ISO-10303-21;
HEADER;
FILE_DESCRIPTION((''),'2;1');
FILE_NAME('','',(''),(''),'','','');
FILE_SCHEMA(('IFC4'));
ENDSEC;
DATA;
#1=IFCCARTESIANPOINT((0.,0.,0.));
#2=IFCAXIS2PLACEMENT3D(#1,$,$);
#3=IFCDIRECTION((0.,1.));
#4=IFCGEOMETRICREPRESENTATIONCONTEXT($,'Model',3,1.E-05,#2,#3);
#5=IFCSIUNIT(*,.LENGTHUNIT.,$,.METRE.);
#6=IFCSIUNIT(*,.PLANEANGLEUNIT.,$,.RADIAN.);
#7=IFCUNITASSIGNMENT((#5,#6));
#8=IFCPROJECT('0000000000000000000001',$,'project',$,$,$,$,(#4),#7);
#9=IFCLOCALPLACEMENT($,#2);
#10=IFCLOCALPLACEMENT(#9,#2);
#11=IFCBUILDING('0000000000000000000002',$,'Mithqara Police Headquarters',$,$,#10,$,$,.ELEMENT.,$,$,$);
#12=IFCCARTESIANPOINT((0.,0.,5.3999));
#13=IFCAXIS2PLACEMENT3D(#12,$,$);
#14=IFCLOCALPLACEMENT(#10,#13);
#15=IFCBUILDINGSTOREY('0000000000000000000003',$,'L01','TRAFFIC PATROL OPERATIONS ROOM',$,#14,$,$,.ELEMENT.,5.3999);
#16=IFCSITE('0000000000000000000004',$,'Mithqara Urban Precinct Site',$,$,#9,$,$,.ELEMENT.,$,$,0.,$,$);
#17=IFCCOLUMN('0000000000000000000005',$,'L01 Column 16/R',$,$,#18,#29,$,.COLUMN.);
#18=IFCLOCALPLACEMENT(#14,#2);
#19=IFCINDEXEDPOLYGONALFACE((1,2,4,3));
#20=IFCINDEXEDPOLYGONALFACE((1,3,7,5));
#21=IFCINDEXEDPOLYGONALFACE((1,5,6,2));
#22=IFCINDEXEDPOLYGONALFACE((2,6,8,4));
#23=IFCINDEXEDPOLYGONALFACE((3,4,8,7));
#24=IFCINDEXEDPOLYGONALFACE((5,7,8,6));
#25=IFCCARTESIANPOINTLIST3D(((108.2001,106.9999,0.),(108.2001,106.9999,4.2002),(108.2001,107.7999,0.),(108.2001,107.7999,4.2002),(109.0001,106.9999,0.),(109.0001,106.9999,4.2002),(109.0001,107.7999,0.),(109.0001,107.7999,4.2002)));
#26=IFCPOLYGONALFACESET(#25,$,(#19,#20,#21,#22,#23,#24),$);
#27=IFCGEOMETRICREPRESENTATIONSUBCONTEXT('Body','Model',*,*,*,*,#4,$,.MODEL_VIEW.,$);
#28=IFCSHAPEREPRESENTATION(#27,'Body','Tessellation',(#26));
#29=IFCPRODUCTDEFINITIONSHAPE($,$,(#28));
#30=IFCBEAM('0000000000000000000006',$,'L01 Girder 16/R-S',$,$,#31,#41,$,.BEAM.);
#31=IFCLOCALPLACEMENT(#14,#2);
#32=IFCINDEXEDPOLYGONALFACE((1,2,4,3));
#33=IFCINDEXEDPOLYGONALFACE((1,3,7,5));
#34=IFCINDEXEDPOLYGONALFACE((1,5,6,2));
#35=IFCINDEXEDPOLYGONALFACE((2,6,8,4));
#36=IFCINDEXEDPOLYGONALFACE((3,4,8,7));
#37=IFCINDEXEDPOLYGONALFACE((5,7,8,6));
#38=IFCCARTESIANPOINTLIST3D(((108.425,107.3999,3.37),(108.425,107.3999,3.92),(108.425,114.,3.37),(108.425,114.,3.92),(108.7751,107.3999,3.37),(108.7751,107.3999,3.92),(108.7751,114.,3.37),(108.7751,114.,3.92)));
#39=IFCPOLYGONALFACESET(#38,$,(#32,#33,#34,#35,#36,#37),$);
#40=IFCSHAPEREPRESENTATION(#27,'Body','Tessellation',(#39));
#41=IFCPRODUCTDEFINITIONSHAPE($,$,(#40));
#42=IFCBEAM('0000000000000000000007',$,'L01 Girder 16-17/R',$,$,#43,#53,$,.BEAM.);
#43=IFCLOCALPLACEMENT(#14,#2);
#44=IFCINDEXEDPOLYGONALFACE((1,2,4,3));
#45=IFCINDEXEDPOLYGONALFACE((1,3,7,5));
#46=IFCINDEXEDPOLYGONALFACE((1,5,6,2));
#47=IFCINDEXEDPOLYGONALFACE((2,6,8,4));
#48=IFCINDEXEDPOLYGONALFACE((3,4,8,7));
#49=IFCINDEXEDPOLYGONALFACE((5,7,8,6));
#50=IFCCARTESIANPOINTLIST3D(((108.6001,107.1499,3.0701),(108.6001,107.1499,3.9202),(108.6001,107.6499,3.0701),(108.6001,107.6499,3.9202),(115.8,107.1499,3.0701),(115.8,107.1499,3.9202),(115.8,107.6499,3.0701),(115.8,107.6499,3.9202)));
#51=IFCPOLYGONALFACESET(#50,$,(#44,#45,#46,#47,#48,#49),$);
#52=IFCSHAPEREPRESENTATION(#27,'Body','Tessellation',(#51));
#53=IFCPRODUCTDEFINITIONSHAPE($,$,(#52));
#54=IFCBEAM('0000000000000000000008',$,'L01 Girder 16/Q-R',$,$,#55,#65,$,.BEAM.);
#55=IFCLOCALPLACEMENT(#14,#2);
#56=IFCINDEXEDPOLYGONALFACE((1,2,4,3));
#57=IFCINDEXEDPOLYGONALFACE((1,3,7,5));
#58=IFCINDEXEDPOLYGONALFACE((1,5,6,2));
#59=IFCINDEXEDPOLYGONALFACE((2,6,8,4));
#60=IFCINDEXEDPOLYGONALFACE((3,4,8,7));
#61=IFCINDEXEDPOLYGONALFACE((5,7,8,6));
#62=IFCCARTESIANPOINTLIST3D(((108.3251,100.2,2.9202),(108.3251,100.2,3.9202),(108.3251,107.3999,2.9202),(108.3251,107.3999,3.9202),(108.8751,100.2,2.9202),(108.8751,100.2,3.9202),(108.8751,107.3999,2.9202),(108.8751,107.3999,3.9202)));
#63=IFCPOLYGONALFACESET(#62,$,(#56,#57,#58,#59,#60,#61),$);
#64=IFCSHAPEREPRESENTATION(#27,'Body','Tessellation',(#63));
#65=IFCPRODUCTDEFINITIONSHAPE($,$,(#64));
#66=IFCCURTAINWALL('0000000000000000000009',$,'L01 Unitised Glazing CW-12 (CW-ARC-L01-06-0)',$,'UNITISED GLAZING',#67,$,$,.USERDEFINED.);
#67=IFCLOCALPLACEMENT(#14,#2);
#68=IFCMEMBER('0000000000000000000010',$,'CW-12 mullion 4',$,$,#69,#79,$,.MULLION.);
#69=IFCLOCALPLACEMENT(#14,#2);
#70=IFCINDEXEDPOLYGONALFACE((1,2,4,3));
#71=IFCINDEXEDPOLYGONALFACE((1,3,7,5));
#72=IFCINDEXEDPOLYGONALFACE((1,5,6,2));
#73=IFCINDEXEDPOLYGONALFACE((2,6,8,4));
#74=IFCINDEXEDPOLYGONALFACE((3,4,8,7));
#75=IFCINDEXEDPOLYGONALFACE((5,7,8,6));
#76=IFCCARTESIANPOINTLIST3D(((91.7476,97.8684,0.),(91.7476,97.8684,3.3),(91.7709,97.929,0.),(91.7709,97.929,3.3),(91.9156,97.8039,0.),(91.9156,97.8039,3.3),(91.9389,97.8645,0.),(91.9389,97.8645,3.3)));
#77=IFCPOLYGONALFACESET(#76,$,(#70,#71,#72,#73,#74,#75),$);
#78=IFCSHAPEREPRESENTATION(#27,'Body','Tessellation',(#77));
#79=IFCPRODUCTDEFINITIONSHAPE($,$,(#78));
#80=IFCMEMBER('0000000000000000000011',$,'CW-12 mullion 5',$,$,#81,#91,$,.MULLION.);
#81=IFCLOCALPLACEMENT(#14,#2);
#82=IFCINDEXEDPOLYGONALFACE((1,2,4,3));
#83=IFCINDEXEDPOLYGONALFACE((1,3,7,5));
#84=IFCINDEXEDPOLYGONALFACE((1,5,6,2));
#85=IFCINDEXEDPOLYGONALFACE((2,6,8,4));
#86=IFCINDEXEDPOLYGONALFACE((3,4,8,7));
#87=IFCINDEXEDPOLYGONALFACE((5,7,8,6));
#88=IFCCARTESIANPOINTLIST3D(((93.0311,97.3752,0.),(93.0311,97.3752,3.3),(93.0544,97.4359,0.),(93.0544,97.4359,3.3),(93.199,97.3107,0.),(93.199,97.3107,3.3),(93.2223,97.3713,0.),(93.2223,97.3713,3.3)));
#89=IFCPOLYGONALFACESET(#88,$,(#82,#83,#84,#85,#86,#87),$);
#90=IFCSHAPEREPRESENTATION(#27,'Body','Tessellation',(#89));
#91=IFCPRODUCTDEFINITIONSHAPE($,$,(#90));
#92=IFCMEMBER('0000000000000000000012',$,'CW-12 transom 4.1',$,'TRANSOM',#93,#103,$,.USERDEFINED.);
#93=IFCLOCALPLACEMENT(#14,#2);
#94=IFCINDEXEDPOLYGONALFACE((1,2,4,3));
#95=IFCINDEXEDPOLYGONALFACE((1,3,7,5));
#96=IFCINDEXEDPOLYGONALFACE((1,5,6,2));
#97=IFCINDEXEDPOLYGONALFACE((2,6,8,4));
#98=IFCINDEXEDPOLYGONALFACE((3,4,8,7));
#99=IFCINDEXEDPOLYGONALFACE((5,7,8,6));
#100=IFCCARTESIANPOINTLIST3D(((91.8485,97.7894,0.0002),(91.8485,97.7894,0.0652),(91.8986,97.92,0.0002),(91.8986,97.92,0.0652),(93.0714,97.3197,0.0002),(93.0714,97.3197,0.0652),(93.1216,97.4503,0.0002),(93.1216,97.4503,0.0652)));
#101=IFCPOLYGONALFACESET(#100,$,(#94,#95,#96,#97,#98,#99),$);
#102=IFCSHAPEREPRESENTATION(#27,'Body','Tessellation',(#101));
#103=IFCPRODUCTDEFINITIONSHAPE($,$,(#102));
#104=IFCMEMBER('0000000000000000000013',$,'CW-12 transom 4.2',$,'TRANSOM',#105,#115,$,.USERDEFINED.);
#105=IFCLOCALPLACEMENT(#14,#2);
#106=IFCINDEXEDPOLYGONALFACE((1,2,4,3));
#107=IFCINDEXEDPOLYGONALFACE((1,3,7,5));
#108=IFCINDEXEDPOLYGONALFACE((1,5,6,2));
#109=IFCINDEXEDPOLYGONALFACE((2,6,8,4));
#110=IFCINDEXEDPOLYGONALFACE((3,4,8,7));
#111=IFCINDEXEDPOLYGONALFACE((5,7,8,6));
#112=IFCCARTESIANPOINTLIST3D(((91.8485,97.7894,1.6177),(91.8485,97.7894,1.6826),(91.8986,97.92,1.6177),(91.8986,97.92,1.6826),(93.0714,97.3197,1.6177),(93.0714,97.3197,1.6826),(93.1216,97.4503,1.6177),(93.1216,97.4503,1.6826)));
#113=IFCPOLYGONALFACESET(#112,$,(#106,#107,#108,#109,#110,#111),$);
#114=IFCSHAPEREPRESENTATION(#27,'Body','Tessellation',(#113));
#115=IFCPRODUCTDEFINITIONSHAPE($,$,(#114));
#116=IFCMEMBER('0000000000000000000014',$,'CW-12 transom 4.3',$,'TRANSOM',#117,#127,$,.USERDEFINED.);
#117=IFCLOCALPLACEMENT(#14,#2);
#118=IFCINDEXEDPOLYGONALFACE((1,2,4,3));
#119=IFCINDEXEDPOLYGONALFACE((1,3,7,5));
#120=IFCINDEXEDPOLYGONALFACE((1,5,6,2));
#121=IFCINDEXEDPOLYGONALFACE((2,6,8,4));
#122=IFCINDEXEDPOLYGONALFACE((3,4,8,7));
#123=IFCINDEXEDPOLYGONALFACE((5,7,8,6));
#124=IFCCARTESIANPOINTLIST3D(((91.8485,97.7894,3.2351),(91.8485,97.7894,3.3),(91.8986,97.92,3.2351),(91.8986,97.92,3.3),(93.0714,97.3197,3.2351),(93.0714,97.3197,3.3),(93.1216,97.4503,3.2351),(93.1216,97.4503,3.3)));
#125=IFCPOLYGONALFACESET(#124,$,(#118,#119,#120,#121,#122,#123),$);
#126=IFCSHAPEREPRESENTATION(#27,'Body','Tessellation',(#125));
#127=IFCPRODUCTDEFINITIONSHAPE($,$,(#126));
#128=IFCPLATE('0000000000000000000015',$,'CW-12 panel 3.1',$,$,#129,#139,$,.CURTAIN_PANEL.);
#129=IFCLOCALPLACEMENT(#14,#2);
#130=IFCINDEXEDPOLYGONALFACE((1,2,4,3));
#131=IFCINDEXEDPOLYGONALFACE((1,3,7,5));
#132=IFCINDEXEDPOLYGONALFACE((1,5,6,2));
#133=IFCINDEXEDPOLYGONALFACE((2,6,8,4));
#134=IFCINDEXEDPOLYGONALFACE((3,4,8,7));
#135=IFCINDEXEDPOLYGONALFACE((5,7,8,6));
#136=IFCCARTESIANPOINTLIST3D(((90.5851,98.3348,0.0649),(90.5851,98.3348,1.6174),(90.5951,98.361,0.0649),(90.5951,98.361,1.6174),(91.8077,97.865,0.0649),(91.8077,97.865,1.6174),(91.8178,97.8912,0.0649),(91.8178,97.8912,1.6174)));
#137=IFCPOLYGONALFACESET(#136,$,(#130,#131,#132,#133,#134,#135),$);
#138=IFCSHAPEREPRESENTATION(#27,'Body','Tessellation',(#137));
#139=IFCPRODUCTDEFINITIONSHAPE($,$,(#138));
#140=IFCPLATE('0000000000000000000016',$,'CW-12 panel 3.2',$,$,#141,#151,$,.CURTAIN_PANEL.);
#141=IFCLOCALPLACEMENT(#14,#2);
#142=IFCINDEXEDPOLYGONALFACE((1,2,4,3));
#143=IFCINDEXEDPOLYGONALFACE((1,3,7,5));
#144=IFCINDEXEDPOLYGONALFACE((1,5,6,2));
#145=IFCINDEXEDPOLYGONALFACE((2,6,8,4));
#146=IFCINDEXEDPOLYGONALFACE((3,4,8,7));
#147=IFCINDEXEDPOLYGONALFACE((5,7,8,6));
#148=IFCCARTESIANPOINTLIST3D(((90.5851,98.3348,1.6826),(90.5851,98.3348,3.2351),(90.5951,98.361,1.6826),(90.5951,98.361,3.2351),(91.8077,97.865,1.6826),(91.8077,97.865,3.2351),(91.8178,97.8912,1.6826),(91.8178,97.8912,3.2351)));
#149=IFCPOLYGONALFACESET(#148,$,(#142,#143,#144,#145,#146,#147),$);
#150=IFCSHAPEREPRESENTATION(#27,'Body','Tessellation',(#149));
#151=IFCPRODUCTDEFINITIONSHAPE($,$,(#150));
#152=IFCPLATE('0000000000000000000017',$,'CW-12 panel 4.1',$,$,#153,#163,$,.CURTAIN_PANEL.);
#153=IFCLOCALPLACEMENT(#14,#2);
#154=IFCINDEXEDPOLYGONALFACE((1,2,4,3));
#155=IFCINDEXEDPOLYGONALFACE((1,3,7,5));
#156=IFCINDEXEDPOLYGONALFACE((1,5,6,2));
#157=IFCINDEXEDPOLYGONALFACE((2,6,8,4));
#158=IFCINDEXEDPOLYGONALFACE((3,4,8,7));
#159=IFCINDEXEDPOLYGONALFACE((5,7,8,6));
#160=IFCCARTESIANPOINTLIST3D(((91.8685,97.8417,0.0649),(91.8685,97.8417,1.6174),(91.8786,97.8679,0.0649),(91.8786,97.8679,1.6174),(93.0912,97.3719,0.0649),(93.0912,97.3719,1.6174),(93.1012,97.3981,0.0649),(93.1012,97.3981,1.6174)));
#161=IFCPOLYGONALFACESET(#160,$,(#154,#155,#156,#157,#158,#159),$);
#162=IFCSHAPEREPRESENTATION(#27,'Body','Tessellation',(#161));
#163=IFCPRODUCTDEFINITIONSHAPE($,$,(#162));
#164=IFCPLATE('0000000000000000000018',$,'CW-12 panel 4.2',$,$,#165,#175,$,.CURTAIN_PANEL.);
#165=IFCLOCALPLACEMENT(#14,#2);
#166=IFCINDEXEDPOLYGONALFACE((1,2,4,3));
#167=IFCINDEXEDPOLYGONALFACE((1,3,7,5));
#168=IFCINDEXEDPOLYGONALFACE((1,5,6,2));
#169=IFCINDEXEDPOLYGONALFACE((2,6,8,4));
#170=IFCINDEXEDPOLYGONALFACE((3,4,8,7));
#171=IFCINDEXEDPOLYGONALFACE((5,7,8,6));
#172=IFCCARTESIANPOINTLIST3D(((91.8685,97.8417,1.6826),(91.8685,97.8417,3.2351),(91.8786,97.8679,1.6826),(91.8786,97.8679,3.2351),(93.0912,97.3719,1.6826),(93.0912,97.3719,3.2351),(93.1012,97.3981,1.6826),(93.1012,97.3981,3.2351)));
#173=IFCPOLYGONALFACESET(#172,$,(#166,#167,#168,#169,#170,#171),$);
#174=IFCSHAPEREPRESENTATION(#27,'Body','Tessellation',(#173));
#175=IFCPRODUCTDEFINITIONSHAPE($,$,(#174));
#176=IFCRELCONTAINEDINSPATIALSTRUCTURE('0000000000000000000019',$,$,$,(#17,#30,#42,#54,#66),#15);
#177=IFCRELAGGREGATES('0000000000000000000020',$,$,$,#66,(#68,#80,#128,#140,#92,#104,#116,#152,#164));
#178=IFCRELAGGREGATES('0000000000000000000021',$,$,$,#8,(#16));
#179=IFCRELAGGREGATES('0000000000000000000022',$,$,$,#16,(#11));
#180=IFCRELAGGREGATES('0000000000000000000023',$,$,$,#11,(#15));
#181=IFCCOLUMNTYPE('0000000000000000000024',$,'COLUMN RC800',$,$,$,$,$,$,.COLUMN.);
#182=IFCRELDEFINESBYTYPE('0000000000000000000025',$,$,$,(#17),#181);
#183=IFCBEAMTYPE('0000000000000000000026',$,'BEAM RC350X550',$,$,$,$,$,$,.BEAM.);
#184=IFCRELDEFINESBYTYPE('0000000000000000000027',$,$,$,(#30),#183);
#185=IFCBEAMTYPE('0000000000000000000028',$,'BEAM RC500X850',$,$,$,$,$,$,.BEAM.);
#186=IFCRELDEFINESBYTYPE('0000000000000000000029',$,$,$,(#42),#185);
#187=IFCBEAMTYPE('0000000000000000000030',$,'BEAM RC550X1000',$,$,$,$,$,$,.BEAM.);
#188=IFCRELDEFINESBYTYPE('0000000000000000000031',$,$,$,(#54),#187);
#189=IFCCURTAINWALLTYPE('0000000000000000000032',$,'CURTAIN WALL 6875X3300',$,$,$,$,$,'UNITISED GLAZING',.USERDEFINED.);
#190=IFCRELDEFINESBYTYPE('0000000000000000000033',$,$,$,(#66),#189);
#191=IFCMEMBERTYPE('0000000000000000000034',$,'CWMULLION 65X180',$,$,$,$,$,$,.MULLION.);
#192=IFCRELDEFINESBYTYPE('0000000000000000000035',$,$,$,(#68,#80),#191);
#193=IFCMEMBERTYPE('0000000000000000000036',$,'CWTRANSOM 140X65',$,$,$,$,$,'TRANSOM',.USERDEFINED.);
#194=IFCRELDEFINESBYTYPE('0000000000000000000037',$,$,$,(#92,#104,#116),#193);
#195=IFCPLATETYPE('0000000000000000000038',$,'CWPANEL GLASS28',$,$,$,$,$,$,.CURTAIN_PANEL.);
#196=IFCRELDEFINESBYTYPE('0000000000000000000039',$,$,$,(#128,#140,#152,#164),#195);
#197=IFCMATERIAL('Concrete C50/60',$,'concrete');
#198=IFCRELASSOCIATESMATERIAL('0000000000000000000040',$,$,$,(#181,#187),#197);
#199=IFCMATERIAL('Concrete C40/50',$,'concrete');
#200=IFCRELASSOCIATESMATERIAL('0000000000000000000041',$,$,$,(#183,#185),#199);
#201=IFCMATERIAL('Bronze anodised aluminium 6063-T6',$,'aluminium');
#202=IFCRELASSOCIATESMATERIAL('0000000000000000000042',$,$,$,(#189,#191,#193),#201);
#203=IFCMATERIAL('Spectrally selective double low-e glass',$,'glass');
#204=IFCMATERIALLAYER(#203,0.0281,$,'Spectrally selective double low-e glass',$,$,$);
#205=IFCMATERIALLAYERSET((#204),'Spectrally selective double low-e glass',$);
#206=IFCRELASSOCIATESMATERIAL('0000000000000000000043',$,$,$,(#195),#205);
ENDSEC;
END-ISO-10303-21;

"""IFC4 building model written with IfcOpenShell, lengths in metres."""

from ifc_helpers import new_model, si_unit, direction, frame, origin, origin_2d, place, context, subcontext, project, spatial, rectangle, extrude, material, layer, layer_set, material_profile, profile_set, type_object, element, aggregate, save


model = new_model("IFC4")

# Units and contexts
model_context = context("Model", 3, precision=1e-05, world=origin(), true_north=direction((0.0, 1.0)))
body_context = subcontext(model_context, "Body", "Model", "MODEL_VIEW")
ifc_project = project(units=[si_unit("LENGTHUNIT", "METRE"), si_unit("PLANEANGLEUNIT", "RADIAN")], contexts=[model_context])

# Site, building, storey
site_placement = place(None, origin())
site = spatial("IfcSite", under=ifc_project, at=site_placement, Name="Mithqara Urban Precinct Site", CompositionType="ELEMENT", RefElevation=0.0)
building_placement = place(site_placement, origin())
building = spatial("IfcBuilding", under=site, at=building_placement, Name="Mithqara Police Headquarters", CompositionType="ELEMENT")
storey_placement = place(building_placement, frame((0.0, 0.0, 5.3999)))
storey = spatial("IfcBuildingStorey", under=building, at=storey_placement, Name="L01", Description="TRAFFIC PATROL OPERATIONS ROOM", CompositionType="ELEMENT", Elevation=5.3999)

# Column
ifc_material_1 = material(Name="Concrete C50/60", Category="concrete")
ifc_material_profile_1 = material_profile(ifc_material_1, rectangle(XDim=0.8, YDim=0.8, at=origin_2d()), Name="RC 800x800")
ifc_profile_set_1 = profile_set([ifc_material_profile_1], Name="Concrete C50/60")
column_type = type_object("IfcColumnType", Name="COLUMN RC800", PredefinedType="COLUMN", material=ifc_profile_set_1)
column_placement = place(storey_placement, frame((108.6001, 107.3999, 0.0), z_axis=(0.0, 0.0, 1.0), x_axis=(1.0, 0.0, 0.0)))
element("IfcColumn", 1, at=column_placement, inside=storey, type_object=column_type, Name="L01 Column 16/R", PredefinedType="COLUMN", context=body_context, shape_type="SweptSolid", body=[
    extrude(rectangle(XDim=0.8, YDim=0.8, at=origin_2d()), origin(), (0.0, 0.0, 1.0), 4.2002),
])

# Beams
ifc_material_2 = material(Name="Concrete C40/50", Category="concrete")
ifc_material_profile_2 = material_profile(ifc_material_2, rectangle(XDim=0.3501, YDim=0.55, at=origin_2d()), Name="RC 350x550")
ifc_profile_set_2 = profile_set([ifc_material_profile_2], Name="Concrete C40/50")
beam_type_1 = type_object("IfcBeamType", Name="BEAM RC350X550", PredefinedType="BEAM", material=ifc_profile_set_2)
beam_1_placement = place(storey_placement, frame((108.6001, 107.3999, 3.645), z_axis=(0.0, 1.0, 0.0), x_axis=(-1.0, 0.0, 0.0)))
element("IfcBeam", 2, at=beam_1_placement, inside=storey, type_object=beam_type_1, Name="L01 Girder 16/R-S", PredefinedType="BEAM", context=body_context, shape_type="SweptSolid", body=[
    extrude(rectangle(XDim=0.3501, YDim=0.55, at=origin_2d()), origin(), (0.0, 0.0, 1.0), 6.6001),
])
ifc_material_profile_3 = material_profile(ifc_material_2, rectangle(XDim=0.5, YDim=0.8501, at=origin_2d()), Name="RC 500x850")
ifc_profile_set_3 = profile_set([ifc_material_profile_3], Name="Concrete C40/50")
beam_type_2 = type_object("IfcBeamType", Name="BEAM RC500X850", PredefinedType="BEAM", material=ifc_profile_set_3)
beam_2_placement = place(storey_placement, frame((108.6001, 107.3999, 3.4951), z_axis=(1.0, 0.0, 0.0), x_axis=(0.0, 1.0, 0.0)))
element("IfcBeam", 3, at=beam_2_placement, inside=storey, type_object=beam_type_2, Name="L01 Girder 16-17/R", PredefinedType="BEAM", context=body_context, shape_type="SweptSolid", body=[
    extrude(rectangle(XDim=0.5, YDim=0.8501, at=origin_2d()), origin(), (0.0, 0.0, 1.0), 7.2),
])
ifc_material_profile_4 = material_profile(ifc_material_1, rectangle(XDim=0.55, YDim=1.0, at=origin_2d()), Name="RC 550x1000")
ifc_profile_set_4 = profile_set([ifc_material_profile_4], Name="Concrete C50/60")
beam_type_3 = type_object("IfcBeamType", Name="BEAM RC550X1000", PredefinedType="BEAM", material=ifc_profile_set_4)
beam_3_placement = place(storey_placement, frame((108.6001, 100.2, 3.4202), z_axis=(0.0, 1.0, 0.0), x_axis=(-1.0, 0.0, 0.0)))
element("IfcBeam", 4, at=beam_3_placement, inside=storey, type_object=beam_type_3, Name="L01 Girder 16/Q-R", PredefinedType="BEAM", context=body_context, shape_type="SweptSolid", body=[
    extrude(rectangle(XDim=0.55, YDim=1.0, at=origin_2d()), origin(), (0.0, 0.0, 1.0), 7.2),
])

# Curtain wall, members, plates
ifc_material_3 = material(Name="Bronze anodised aluminium 6063-T6", Category="aluminium")
curtain_wall_type = type_object("IfcCurtainWallType", Name="CURTAIN WALL 6875X3300", ElementType="UNITISED GLAZING", PredefinedType="USERDEFINED", material=ifc_material_3)
curtain_wall_placement = place(storey_placement, origin())
curtain_wall = element("IfcCurtainWall", 5, at=curtain_wall_placement, inside=storey, type_object=curtain_wall_type, Name="L01 Unitised Glazing CW-12 (CW-ARC-L01-06-0)", ObjectType="UNITISED GLAZING", PredefinedType="USERDEFINED")
ifc_material_profile_5 = material_profile(ifc_material_3, rectangle(XDim=0.0649, YDim=0.1799, at=origin_2d()), Name="CWM 65x180")
ifc_profile_set_5 = profile_set([ifc_material_profile_5], Name="Bronze anodised aluminium 6063-T6")
member_type_1 = type_object("IfcMemberType", Name="CWMULLION 65X180", PredefinedType="MULLION", material=ifc_profile_set_5)
member_1_placement = place(storey_placement, frame((91.8433, 97.8665, 0.0), z_axis=(0.0, 0.0, 1.0), x_axis=(0.358681, 0.93346, 0.0)))
member_1 = element("IfcMember", 6, at=member_1_placement, type_object=member_type_1, Name="CW-12 mullion 4", PredefinedType="MULLION", context=body_context, shape_type="SweptSolid", body=[
    extrude(rectangle(XDim=0.0649, YDim=0.1799, at=origin_2d()), origin(), (0.0, 0.0, 1.0), 3.3),
])
member_2_placement = place(storey_placement, frame((93.1267, 97.3733, 0.0), z_axis=(0.0, 0.0, 1.0), x_axis=(0.358681, 0.93346, 0.0)))
member_2 = element("IfcMember", 7, at=member_2_placement, type_object=member_type_1, Name="CW-12 mullion 5", PredefinedType="MULLION", context=body_context, shape_type="SweptSolid", body=[
    extrude(rectangle(XDim=0.0649, YDim=0.1799, at=origin_2d()), origin(), (0.0, 0.0, 1.0), 3.3),
])
ifc_material_profile_6 = material_profile(ifc_material_3, rectangle(XDim=0.1399, YDim=0.0649, at=origin_2d()), Name="CWT 140x65")
ifc_profile_set_6 = profile_set([ifc_material_profile_6], Name="Bronze anodised aluminium 6063-T6")
member_type_2 = type_object("IfcMemberType", Name="CWTRANSOM 140X65", ElementType="TRANSOM", PredefinedType="USERDEFINED", material=ifc_profile_set_6)
member_3_placement = place(storey_placement, frame((91.8735, 97.8547, 0.0327), z_axis=(0.933504, -0.358567, 0.0), x_axis=(0.358567, 0.933504, 0.0)))
member_3 = element("IfcMember", 8, at=member_3_placement, type_object=member_type_2, Name="CW-12 transom 4.1", ObjectType="TRANSOM", PredefinedType="USERDEFINED", context=body_context, shape_type="SweptSolid", body=[
    extrude(rectangle(XDim=0.1399, YDim=0.0649, at=origin_2d()), origin(), (0.0, 0.0, 1.0), 1.3101),
])
member_4_placement = place(storey_placement, frame((91.8735, 97.8547, 1.6501), z_axis=(0.933504, -0.358567, 0.0), x_axis=(0.358567, 0.933504, 0.0)))
member_4 = element("IfcMember", 9, at=member_4_placement, type_object=member_type_2, Name="CW-12 transom 4.2", ObjectType="TRANSOM", PredefinedType="USERDEFINED", context=body_context, shape_type="SweptSolid", body=[
    extrude(rectangle(XDim=0.1399, YDim=0.0649, at=origin_2d()), origin(), (0.0, 0.0, 1.0), 1.3101),
])
member_5_placement = place(storey_placement, frame((91.8735, 97.8547, 3.2676), z_axis=(0.933504, -0.358567, 0.0), x_axis=(0.358567, 0.933504, 0.0)))
member_5 = element("IfcMember", 10, at=member_5_placement, type_object=member_type_2, Name="CW-12 transom 4.3", ObjectType="TRANSOM", PredefinedType="USERDEFINED", context=body_context, shape_type="SweptSolid", body=[
    extrude(rectangle(XDim=0.1399, YDim=0.0649, at=origin_2d()), origin(), (0.0, 0.0, 1.0), 1.3101),
])
ifc_material_4 = material(Name="Spectrally selective double low-e glass", Category="glass")
ifc_layer_1 = layer(ifc_material_4, 0.0281, Name="Spectrally selective double low-e glass")
ifc_layer_set_1 = layer_set([ifc_layer_1], Name="Spectrally selective double low-e glass")
plate_type_1 = type_object("IfcPlateType", Name="CWPANEL GLASS28", PredefinedType="CURTAIN_PANEL", material=ifc_layer_set_1)
plate_1_placement = place(storey_placement, frame((91.2014, 98.113, 0.0649), z_axis=(0.0, 0.0, 1.0), x_axis=(0.93346, -0.358681, 0.0)))
plate_1 = element("IfcPlate", 11, at=plate_1_placement, type_object=plate_type_1, Name="CW-12 panel 3.1", PredefinedType="CURTAIN_PANEL", context=body_context, shape_type="SweptSolid", body=[
    extrude(rectangle(XDim=1.3098, YDim=0.0281, at=origin_2d()), origin(), (0.0, 0.0, 1.0), 1.5525),
])
plate_2_placement = place(storey_placement, frame((91.2014, 98.113, 1.6826), z_axis=(0.0, 0.0, 1.0), x_axis=(0.93346, -0.358681, 0.0)))
plate_2 = element("IfcPlate", 12, at=plate_2_placement, type_object=plate_type_1, Name="CW-12 panel 3.2", PredefinedType="CURTAIN_PANEL", context=body_context, shape_type="SweptSolid", body=[
    extrude(rectangle(XDim=1.3098, YDim=0.0281, at=origin_2d()), origin(), (0.0, 0.0, 1.0), 1.5525),
])
plate_3_placement = place(storey_placement, frame((92.4849, 97.6199, 0.0649), z_axis=(0.0, 0.0, 1.0), x_axis=(0.93346, -0.358681, 0.0)))
plate_3 = element("IfcPlate", 13, at=plate_3_placement, type_object=plate_type_1, Name="CW-12 panel 4.1", PredefinedType="CURTAIN_PANEL", context=body_context, shape_type="SweptSolid", body=[
    extrude(rectangle(XDim=1.3098, YDim=0.0281, at=origin_2d()), origin(), (0.0, 0.0, 1.0), 1.5525),
])
plate_4_placement = place(storey_placement, frame((92.4849, 97.6199, 1.6826), z_axis=(0.0, 0.0, 1.0), x_axis=(0.93346, -0.358681, 0.0)))
plate_4 = element("IfcPlate", 14, at=plate_4_placement, type_object=plate_type_1, Name="CW-12 panel 4.2", PredefinedType="CURTAIN_PANEL", context=body_context, shape_type="SweptSolid", body=[
    extrude(rectangle(XDim=1.3098, YDim=0.0281, at=origin_2d()), origin(), (0.0, 0.0, 1.0), 1.5525),
])
aggregate(curtain_wall, [member_1, member_2, plate_1, plate_2, member_3, member_4, member_5, plate_3, plate_4])

save(model, "model.ifc")
